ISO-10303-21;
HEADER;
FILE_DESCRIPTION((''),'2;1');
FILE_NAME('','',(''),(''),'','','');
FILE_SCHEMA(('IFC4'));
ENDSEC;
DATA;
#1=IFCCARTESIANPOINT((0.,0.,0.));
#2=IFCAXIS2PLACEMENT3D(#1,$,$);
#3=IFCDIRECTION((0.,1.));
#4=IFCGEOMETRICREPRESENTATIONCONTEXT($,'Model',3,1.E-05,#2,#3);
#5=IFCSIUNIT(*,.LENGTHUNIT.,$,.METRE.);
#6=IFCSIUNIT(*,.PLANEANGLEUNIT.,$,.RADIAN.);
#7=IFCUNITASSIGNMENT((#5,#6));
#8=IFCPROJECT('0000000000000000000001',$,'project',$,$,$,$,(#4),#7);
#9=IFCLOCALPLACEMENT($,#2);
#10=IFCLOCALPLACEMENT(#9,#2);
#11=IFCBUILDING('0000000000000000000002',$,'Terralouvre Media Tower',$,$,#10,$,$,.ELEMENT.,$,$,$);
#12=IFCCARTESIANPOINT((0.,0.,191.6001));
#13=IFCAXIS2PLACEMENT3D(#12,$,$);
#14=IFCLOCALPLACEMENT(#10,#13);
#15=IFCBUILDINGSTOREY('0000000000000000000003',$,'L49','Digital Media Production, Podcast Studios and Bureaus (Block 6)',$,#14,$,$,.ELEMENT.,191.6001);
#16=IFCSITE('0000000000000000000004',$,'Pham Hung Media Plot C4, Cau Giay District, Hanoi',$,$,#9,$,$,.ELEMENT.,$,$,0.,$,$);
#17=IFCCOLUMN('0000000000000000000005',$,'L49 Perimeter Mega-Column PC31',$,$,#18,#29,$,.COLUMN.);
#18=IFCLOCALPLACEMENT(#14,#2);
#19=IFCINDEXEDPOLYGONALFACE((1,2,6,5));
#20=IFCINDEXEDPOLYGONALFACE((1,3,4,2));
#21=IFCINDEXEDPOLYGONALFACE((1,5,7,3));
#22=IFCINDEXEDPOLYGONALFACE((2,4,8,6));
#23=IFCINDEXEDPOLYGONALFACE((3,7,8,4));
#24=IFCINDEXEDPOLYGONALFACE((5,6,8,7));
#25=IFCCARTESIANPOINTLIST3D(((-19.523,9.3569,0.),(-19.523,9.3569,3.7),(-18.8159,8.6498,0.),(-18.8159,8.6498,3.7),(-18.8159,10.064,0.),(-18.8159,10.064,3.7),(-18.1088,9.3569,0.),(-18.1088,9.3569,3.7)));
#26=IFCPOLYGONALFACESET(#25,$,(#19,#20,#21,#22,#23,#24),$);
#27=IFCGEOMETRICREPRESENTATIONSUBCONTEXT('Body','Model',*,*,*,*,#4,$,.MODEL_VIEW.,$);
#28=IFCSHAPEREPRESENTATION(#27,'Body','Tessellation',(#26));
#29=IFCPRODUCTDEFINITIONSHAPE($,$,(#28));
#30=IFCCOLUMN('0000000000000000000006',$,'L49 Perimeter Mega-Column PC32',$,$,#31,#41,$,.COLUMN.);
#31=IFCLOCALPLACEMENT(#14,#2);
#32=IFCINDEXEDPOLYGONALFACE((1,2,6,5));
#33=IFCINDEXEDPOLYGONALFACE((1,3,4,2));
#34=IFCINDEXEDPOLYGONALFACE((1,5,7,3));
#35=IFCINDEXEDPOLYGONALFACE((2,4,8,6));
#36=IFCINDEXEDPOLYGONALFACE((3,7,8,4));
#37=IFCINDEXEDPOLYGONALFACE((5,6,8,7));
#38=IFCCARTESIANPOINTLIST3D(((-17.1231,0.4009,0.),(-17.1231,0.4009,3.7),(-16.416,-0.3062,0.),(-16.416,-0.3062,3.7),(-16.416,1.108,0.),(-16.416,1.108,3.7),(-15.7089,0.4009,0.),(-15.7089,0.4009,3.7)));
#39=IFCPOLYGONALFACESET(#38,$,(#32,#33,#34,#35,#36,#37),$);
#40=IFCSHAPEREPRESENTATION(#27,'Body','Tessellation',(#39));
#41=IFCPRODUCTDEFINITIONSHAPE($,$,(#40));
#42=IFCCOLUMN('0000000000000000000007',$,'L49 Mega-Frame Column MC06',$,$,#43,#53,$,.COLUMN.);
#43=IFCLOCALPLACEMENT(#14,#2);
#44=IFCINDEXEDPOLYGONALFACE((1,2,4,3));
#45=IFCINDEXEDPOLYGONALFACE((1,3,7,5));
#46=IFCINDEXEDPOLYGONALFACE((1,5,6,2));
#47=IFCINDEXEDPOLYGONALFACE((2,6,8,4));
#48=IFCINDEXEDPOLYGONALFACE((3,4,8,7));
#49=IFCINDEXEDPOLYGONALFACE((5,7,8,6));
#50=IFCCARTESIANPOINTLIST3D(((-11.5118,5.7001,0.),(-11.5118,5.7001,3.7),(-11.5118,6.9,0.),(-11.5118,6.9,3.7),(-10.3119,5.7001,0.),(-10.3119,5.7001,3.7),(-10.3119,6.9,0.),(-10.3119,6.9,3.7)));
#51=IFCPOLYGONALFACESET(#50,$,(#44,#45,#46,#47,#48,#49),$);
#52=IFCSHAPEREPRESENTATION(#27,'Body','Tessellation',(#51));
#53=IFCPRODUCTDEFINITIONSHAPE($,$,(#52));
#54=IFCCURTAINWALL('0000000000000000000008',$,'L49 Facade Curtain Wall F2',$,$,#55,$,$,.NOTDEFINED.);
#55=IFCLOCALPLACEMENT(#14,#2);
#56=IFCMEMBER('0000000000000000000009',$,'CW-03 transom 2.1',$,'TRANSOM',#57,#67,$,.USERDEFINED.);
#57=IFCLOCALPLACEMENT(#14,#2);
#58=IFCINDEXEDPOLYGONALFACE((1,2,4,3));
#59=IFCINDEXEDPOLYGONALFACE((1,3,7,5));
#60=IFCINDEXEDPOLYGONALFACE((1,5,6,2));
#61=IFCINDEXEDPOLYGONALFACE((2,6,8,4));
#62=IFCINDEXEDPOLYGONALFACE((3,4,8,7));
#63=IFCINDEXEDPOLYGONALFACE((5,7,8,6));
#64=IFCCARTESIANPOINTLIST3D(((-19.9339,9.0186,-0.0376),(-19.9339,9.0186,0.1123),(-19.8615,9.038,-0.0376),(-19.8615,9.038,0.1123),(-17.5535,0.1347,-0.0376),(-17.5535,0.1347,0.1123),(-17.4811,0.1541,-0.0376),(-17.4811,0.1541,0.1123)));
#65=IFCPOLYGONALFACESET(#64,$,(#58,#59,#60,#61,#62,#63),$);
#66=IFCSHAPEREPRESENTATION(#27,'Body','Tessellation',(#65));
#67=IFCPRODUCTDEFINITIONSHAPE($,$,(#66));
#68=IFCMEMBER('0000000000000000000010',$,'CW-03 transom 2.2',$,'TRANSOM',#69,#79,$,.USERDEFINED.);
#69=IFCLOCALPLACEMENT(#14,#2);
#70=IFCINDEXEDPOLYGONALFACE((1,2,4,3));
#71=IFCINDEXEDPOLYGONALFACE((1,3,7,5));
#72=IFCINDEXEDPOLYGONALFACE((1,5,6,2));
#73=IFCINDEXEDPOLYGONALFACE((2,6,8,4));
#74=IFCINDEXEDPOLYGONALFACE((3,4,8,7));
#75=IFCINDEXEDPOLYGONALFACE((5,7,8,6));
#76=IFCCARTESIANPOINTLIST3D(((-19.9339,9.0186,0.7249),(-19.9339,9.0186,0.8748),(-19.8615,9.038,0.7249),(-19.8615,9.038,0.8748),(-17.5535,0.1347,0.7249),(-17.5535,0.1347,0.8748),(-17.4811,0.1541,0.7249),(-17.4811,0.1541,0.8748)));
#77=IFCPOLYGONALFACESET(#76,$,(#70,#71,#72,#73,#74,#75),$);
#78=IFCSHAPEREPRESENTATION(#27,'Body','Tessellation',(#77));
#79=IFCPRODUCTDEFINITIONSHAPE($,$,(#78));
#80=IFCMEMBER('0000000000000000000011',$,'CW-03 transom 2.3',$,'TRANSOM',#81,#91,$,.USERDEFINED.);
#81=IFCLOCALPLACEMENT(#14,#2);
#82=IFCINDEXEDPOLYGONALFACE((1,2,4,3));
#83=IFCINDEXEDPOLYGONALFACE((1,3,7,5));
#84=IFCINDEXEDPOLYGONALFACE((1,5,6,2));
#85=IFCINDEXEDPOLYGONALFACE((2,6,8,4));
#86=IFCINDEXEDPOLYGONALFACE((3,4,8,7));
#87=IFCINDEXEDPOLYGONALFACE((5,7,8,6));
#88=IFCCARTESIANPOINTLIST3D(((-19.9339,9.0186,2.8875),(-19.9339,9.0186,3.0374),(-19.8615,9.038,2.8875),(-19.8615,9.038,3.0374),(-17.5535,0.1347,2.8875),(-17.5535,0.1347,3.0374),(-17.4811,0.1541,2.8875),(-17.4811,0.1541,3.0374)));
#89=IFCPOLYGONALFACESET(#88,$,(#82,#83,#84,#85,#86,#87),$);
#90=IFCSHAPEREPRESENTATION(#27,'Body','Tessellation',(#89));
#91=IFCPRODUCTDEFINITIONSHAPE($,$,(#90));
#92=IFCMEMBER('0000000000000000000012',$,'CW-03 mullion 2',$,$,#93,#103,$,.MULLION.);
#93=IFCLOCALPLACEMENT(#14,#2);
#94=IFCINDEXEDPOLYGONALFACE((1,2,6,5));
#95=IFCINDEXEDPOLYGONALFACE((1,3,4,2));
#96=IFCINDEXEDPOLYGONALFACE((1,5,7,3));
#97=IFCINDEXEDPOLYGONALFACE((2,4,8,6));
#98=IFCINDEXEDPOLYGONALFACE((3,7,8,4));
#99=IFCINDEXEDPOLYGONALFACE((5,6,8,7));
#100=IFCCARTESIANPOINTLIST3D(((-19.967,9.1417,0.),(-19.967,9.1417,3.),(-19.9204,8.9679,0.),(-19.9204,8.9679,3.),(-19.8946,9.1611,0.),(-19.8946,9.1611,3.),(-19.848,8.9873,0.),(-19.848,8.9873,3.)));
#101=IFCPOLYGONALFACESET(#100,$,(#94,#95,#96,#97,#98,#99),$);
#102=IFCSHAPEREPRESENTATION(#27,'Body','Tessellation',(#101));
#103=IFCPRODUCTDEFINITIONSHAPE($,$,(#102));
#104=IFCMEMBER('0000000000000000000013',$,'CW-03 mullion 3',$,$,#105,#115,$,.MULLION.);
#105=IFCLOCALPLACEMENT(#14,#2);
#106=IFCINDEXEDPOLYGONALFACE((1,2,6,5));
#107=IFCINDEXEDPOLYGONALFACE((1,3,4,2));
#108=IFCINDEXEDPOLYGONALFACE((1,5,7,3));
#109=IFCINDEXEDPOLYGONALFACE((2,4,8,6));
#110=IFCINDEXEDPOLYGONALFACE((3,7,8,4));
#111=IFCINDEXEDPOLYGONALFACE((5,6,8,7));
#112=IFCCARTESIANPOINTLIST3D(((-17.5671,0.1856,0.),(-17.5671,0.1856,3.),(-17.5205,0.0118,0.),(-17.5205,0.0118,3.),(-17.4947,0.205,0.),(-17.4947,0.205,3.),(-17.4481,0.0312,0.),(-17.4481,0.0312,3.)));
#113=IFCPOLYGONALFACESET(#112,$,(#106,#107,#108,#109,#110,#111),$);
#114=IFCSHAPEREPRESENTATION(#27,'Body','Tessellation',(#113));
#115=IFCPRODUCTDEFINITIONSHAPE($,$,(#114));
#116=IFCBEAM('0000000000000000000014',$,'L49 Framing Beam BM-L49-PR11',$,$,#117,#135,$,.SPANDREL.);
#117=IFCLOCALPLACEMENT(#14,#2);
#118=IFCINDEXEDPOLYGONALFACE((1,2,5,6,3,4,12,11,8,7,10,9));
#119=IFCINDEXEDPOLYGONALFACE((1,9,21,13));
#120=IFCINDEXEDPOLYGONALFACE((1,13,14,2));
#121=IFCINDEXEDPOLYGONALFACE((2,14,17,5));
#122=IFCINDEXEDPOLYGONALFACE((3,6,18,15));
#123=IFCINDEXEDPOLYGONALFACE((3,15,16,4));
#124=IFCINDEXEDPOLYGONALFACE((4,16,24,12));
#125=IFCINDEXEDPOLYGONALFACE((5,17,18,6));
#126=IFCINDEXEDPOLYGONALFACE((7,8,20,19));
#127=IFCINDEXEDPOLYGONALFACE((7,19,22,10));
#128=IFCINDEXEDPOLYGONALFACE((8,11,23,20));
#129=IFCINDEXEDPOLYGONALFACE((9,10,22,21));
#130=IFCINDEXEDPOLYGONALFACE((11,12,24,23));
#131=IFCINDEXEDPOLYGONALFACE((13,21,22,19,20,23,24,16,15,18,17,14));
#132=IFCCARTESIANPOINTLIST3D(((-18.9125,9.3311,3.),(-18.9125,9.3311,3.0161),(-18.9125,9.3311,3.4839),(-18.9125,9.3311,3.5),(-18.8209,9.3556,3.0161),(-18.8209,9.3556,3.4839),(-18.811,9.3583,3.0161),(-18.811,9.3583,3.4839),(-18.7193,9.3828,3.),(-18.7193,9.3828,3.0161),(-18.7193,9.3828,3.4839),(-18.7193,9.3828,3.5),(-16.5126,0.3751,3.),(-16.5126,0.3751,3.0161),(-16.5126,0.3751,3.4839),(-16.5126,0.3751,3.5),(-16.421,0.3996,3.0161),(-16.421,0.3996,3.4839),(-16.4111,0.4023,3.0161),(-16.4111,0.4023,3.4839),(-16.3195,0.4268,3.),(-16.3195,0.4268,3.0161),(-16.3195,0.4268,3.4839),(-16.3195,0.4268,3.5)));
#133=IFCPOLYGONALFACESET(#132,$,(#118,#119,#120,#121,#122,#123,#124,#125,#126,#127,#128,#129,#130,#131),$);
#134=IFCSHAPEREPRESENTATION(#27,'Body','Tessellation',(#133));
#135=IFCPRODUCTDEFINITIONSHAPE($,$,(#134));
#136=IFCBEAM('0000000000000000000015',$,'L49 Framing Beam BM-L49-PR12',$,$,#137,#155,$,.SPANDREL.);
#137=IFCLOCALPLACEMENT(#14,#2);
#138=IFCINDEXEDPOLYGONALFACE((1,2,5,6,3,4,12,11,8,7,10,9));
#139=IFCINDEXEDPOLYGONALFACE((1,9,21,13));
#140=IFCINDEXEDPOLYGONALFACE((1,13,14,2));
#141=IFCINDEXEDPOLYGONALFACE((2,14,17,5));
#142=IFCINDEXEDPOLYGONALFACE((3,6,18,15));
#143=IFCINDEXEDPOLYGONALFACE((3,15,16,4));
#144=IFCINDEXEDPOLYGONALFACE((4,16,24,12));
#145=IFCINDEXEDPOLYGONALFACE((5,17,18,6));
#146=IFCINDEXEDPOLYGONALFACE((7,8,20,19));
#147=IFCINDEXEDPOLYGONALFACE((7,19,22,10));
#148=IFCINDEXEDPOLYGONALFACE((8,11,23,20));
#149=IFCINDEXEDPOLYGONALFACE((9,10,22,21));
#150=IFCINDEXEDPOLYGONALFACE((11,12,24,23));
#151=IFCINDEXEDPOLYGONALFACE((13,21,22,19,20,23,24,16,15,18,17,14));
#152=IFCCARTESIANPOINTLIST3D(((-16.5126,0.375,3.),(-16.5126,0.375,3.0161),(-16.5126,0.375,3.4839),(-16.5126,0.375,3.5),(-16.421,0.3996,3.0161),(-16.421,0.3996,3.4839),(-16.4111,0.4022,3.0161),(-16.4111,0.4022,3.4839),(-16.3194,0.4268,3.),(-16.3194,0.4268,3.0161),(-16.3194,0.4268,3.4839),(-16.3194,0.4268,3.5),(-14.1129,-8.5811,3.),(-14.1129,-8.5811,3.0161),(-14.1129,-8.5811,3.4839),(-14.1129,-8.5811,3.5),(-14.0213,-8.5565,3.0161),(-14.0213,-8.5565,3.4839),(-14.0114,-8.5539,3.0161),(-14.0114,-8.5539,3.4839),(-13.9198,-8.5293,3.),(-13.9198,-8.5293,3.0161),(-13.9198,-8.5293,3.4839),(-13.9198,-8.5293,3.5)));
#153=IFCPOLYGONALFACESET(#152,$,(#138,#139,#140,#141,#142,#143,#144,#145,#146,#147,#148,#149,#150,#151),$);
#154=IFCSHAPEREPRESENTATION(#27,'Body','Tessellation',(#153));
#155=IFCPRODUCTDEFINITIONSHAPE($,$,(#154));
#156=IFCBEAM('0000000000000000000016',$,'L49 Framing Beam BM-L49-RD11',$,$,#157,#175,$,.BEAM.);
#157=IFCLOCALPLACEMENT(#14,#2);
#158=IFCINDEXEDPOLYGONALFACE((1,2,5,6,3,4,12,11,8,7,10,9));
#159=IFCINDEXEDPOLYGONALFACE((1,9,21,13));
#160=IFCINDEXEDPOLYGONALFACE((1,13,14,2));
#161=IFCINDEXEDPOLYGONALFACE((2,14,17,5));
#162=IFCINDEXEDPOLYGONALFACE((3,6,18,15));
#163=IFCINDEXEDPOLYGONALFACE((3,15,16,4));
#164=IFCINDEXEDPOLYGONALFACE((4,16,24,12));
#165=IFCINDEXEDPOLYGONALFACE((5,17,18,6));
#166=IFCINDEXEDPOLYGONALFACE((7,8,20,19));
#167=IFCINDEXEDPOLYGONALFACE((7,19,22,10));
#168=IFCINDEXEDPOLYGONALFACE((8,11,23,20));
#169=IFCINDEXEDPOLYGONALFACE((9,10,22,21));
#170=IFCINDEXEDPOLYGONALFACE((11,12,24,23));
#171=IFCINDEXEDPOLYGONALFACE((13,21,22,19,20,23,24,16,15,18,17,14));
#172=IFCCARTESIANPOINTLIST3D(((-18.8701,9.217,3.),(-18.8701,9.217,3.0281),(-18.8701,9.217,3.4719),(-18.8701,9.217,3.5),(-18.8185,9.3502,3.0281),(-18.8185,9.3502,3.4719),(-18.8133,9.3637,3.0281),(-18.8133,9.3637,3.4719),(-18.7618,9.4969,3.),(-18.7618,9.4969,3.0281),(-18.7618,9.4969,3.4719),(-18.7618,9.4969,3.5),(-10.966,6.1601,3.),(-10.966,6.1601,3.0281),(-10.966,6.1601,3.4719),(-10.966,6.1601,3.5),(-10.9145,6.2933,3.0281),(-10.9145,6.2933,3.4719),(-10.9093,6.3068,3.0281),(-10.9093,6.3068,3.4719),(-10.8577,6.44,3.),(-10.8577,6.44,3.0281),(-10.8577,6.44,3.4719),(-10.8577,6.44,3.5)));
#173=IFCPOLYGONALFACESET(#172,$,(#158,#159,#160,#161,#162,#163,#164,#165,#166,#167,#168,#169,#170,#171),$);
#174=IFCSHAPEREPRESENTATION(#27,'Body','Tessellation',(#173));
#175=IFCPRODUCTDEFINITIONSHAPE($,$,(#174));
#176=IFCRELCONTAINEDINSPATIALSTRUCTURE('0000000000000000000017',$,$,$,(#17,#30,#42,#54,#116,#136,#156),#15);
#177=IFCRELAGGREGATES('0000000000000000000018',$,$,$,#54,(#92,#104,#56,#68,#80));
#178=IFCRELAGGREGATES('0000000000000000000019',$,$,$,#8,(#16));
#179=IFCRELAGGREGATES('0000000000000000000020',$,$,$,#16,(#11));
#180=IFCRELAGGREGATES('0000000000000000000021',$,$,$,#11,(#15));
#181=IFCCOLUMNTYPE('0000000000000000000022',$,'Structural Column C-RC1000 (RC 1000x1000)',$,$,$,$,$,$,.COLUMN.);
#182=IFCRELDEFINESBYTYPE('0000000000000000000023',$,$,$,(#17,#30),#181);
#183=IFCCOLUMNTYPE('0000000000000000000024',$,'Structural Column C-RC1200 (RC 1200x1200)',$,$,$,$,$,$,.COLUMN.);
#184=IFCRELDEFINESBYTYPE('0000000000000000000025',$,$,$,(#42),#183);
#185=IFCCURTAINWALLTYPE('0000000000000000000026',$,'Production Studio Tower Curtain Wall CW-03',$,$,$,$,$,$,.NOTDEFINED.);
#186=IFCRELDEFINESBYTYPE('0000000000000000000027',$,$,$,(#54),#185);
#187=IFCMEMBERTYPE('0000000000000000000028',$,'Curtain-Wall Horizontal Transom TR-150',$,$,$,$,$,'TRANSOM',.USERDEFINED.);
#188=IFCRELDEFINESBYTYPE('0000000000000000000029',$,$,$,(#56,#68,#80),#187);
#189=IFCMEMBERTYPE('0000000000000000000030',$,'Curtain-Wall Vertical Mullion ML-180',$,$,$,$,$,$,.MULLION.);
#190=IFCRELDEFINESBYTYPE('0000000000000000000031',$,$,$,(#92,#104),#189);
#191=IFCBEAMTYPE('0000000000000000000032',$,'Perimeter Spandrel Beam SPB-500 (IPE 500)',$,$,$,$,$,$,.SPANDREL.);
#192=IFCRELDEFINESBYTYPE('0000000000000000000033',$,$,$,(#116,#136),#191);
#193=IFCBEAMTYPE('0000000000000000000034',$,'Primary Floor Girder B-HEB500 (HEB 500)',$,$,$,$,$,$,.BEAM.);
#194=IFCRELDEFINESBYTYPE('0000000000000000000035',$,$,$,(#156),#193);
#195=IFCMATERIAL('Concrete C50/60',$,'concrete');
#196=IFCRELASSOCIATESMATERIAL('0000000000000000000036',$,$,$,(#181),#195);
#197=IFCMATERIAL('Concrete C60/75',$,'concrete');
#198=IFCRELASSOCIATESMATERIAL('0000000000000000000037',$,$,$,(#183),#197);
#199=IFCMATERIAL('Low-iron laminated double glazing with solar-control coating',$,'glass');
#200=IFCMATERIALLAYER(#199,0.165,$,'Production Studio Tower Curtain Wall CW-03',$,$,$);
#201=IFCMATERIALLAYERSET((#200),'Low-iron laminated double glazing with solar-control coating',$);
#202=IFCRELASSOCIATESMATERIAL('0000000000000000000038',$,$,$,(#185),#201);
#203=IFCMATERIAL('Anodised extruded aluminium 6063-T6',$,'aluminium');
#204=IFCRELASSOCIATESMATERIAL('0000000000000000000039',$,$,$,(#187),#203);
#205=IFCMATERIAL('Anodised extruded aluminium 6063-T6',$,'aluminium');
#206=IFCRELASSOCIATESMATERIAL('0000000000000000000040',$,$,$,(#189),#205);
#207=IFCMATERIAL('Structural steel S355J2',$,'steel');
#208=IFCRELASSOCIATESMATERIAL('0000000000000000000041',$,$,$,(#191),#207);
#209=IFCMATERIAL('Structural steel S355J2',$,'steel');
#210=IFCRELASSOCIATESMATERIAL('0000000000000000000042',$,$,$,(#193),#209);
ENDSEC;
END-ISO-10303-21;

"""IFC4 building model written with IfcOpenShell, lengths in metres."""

from ifc_helpers import new_model, si_unit, direction, frame, origin, origin_2d, place, context, subcontext, project, spatial, rectangle, i_section, extrude, material, layer, layer_set, material_profile, profile_set, type_object, element, aggregate, save


model = new_model("IFC4")

# Units and contexts
model_context = context("Model", 3, precision=1e-05, world=origin(), true_north=direction((0.0, 1.0)))
body_context = subcontext(model_context, "Body", "Model", "MODEL_VIEW")
ifc_project = project(units=[si_unit("LENGTHUNIT", "METRE"), si_unit("PLANEANGLEUNIT", "RADIAN")], contexts=[model_context])

# Site, building, storey
site_placement = place(None, origin())
site = spatial("IfcSite", under=ifc_project, at=site_placement, Name="Pham Hung Media Plot C4, Cau Giay District, Hanoi", CompositionType="ELEMENT", RefElevation=0.0)
building_placement = place(site_placement, origin())
building = spatial("IfcBuilding", under=site, at=building_placement, Name="Terralouvre Media Tower", CompositionType="ELEMENT")
storey_placement = place(building_placement, frame((0.0, 0.0, 191.6001)))
storey = spatial("IfcBuildingStorey", under=building, at=storey_placement, Name="L49", Description="Digital Media Production, Podcast Studios and Bureaus (Block 6)", CompositionType="ELEMENT", Elevation=191.6001)

# Columns
ifc_material_1 = material(Name="Concrete C50/60", Category="concrete")
ifc_material_profile_1 = material_profile(ifc_material_1, rectangle(XDim=1.0, YDim=1.0, at=origin_2d()), Name="RC 1000x1000")
ifc_profile_set_1 = profile_set([ifc_material_profile_1], Name="Concrete C50/60")
column_type_1 = type_object("IfcColumnType", Name="Structural Column C-RC1000 (RC 1000x1000)", PredefinedType="COLUMN", material=ifc_profile_set_1)
for number, where, z_axis, x_axis, name in (
    (1, (-18.8159, 9.3569, 0.0), (0.0, 0.0, 1.0), (0.707107, 0.707107, 0.0), "L49 Perimeter Mega-Column PC31"),
    (2, (-16.416, 0.4009, 0.0), (0.0, 0.0, 1.0), (0.707107, 0.707107, 0.0), "L49 Perimeter Mega-Column PC32"),
):
    element("IfcColumn", number, at=place(storey_placement, frame(where, z_axis=z_axis, x_axis=x_axis)), inside=storey, type_object=column_type_1, Name=name, PredefinedType="COLUMN", context=body_context, shape_type="SweptSolid", body=[
        extrude(rectangle(XDim=1.0, YDim=1.0, at=origin_2d()), origin(), (0.0, 0.0, 1.0), 3.7),
    ])
ifc_material_2 = material(Name="Concrete C60/75", Category="concrete")
ifc_material_profile_2 = material_profile(ifc_material_2, rectangle(XDim=1.2, YDim=1.2, at=origin_2d()), Name="RC 1200x1200")
ifc_profile_set_2 = profile_set([ifc_material_profile_2], Name="Concrete C60/75")
column_type_2 = type_object("IfcColumnType", Name="Structural Column C-RC1200 (RC 1200x1200)", PredefinedType="COLUMN", material=ifc_profile_set_2)
column_placement = place(storey_placement, frame((-10.9119, 6.3, 0.0), z_axis=(0.0, 0.0, 1.0), x_axis=(1.0, 0.0, 0.0)))
element("IfcColumn", 3, at=column_placement, inside=storey, type_object=column_type_2, Name="L49 Mega-Frame Column MC06", PredefinedType="COLUMN", context=body_context, shape_type="SweptSolid", body=[
    extrude(rectangle(XDim=1.2, YDim=1.2, at=origin_2d()), origin(), (0.0, 0.0, 1.0), 3.7),
])

# Curtain wall, members
ifc_material_3 = material(Name="Low-iron laminated double glazing with solar-control coating", Category="glass")
ifc_layer_1 = layer(ifc_material_3, 0.165, Name="Production Studio Tower Curtain Wall CW-03")
ifc_layer_set_1 = layer_set([ifc_layer_1], Name="Low-iron laminated double glazing with solar-control coating")
curtain_wall_type = type_object("IfcCurtainWallType", Name="Production Studio Tower Curtain Wall CW-03", PredefinedType="NOTDEFINED", material=ifc_layer_set_1)
curtain_wall_placement = place(storey_placement, origin())
curtain_wall = element("IfcCurtainWall", 4, at=curtain_wall_placement, inside=storey, type_object=curtain_wall_type, Name="L49 Facade Curtain Wall F2", PredefinedType="NOTDEFINED")
ifc_material_4 = material(Name="Anodised extruded aluminium 6063-T6", Category="aluminium")
ifc_material_profile_3 = material_profile(ifc_material_4, rectangle(XDim=0.075, YDim=0.1499, at=origin_2d()), Name="ALU 75x150")
ifc_profile_set_3 = profile_set([ifc_material_profile_3], Name="Anodised extruded aluminium 6063-T6")
member_type_1 = type_object("IfcMemberType", Name="Curtain-Wall Horizontal Transom TR-150", ElementType="TRANSOM", PredefinedType="USERDEFINED", material=ifc_profile_set_3)
member_1_placement = place(storey_placement, frame((-19.8977, 9.0283, 0.0374), z_axis=(0.258816, -0.965927, 0.0), x_axis=(0.965927, 0.258816, 0.0)))
member_1 = element("IfcMember", 5, at=member_1_placement, type_object=member_type_1, Name="CW-03 transom 2.1", ObjectType="TRANSOM", PredefinedType="USERDEFINED", context=body_context, shape_type="SweptSolid", body=[
    extrude(rectangle(XDim=0.075, YDim=0.1499, at=origin_2d()), origin(), (0.0, 0.0, 1.0), 9.1973),
])
member_2_placement = place(storey_placement, frame((-19.8977, 9.0283, 0.7998), z_axis=(0.258816, -0.965927, 0.0), x_axis=(0.965927, 0.258816, 0.0)))
member_2 = element("IfcMember", 6, at=member_2_placement, type_object=member_type_1, Name="CW-03 transom 2.2", ObjectType="TRANSOM", PredefinedType="USERDEFINED", context=body_context, shape_type="SweptSolid", body=[
    extrude(rectangle(XDim=0.075, YDim=0.1499, at=origin_2d()), origin(), (0.0, 0.0, 1.0), 9.1973),
])
member_3_placement = place(storey_placement, frame((-19.8977, 9.0283, 2.9624), z_axis=(0.258816, -0.965927, 0.0), x_axis=(0.965927, 0.258816, 0.0)))
member_3 = element("IfcMember", 7, at=member_3_placement, type_object=member_type_1, Name="CW-03 transom 2.3", ObjectType="TRANSOM", PredefinedType="USERDEFINED", context=body_context, shape_type="SweptSolid", body=[
    extrude(rectangle(XDim=0.075, YDim=0.1499, at=origin_2d()), origin(), (0.0, 0.0, 1.0), 9.1973),
])
ifc_material_5 = material(Name="Anodised extruded aluminium 6063-T6", Category="aluminium")
ifc_material_profile_4 = material_profile(ifc_material_5, rectangle(XDim=0.075, YDim=0.1799, at=origin_2d()), Name="ALU 75x180")
ifc_profile_set_4 = profile_set([ifc_material_profile_4], Name="Anodised extruded aluminium 6063-T6")
member_type_2 = type_object("IfcMemberType", Name="Curtain-Wall Vertical Mullion ML-180", PredefinedType="MULLION", material=ifc_profile_set_4)
member_4_placement = place(storey_placement, frame((-19.9075, 9.0645, 0.0), z_axis=(0.0, 0.0, 1.0), x_axis=(0.965926, 0.258819, 0.0)))
member_4 = element("IfcMember", 8, at=member_4_placement, type_object=member_type_2, Name="CW-03 mullion 2", PredefinedType="MULLION", context=body_context, shape_type="SweptSolid", body=[
    extrude(rectangle(XDim=0.075, YDim=0.1799, at=origin_2d()), origin(), (0.0, 0.0, 1.0), 3.0),
])
member_5_placement = place(storey_placement, frame((-17.5076, 0.1084, 0.0), z_axis=(0.0, 0.0, 1.0), x_axis=(0.965926, 0.258819, 0.0)))
member_5 = element("IfcMember", 9, at=member_5_placement, type_object=member_type_2, Name="CW-03 mullion 3", PredefinedType="MULLION", context=body_context, shape_type="SweptSolid", body=[
    extrude(rectangle(XDim=0.075, YDim=0.1799, at=origin_2d()), origin(), (0.0, 0.0, 1.0), 3.0),
])

# Beams
ifc_material_6 = material(Name="Structural steel S355J2", Category="steel")
ifc_material_profile_5 = material_profile(ifc_material_6, i_section(OverallWidth=0.2, OverallDepth=0.5, WebThickness=0.0103, FlangeThickness=0.0161, at=origin_2d()), Name="IPE 500")
ifc_profile_set_5 = profile_set([ifc_material_profile_5], Name="Structural steel S355J2")
beam_type_1 = type_object("IfcBeamType", Name="Perimeter Spandrel Beam SPB-500 (IPE 500)", PredefinedType="SPANDREL", material=ifc_profile_set_5)
for number, where, z_axis, x_axis, name in (
    (10, (-18.8159, 9.3569, 3.25), (0.258833, -0.965922, 0.0), (0.965922, 0.258833, 0.0), "L49 Framing Beam BM-L49-PR11"),
    (11, (-16.416, 0.4009, 3.25), (0.258808, -0.965929, 0.0), (0.965929, 0.258808, 0.0), "L49 Framing Beam BM-L49-PR12"),
):
    element("IfcBeam", number, at=place(storey_placement, frame(where, z_axis=z_axis, x_axis=x_axis)), inside=storey, type_object=beam_type_1, Name=name, PredefinedType="SPANDREL", context=body_context, shape_type="SweptSolid", body=[
        extrude(i_section(OverallWidth=0.2, OverallDepth=0.5, WebThickness=0.0103, FlangeThickness=0.0161, at=origin_2d()), origin(), (0.0, 0.0, 1.0), 9.272),
    ])
ifc_material_7 = material(Name="Structural steel S355J2", Category="steel")
ifc_material_profile_6 = material_profile(ifc_material_7, i_section(OverallWidth=0.3, OverallDepth=0.5, WebThickness=0.0144, FlangeThickness=0.0281, at=origin_2d()), Name="HEB 500")
ifc_profile_set_6 = profile_set([ifc_material_profile_6], Name="Structural steel S355J2")
beam_type_2 = type_object("IfcBeamType", Name="Primary Floor Girder B-HEB500 (HEB 500)", PredefinedType="BEAM", material=ifc_profile_set_6)
beam_1_placement = place(storey_placement, frame((-10.9119, 6.3, 3.25), z_axis=(-0.932677, 0.360712, 0.0), x_axis=(-0.360712, -0.932677, 0.0)))
element("IfcBeam", 12, at=beam_1_placement, inside=storey, type_object=beam_type_2, Name="L49 Framing Beam BM-L49-RD11", PredefinedType="BEAM", context=body_context, shape_type="SweptSolid", body=[
    extrude(i_section(OverallWidth=0.3, OverallDepth=0.5, WebThickness=0.0144, FlangeThickness=0.0281, at=origin_2d()), origin(), (0.0, 0.0, 1.0), 8.4746),
])

aggregate(curtain_wall, [member_4, member_5, member_1, member_2, member_3])

save(model, "model.ifc")
